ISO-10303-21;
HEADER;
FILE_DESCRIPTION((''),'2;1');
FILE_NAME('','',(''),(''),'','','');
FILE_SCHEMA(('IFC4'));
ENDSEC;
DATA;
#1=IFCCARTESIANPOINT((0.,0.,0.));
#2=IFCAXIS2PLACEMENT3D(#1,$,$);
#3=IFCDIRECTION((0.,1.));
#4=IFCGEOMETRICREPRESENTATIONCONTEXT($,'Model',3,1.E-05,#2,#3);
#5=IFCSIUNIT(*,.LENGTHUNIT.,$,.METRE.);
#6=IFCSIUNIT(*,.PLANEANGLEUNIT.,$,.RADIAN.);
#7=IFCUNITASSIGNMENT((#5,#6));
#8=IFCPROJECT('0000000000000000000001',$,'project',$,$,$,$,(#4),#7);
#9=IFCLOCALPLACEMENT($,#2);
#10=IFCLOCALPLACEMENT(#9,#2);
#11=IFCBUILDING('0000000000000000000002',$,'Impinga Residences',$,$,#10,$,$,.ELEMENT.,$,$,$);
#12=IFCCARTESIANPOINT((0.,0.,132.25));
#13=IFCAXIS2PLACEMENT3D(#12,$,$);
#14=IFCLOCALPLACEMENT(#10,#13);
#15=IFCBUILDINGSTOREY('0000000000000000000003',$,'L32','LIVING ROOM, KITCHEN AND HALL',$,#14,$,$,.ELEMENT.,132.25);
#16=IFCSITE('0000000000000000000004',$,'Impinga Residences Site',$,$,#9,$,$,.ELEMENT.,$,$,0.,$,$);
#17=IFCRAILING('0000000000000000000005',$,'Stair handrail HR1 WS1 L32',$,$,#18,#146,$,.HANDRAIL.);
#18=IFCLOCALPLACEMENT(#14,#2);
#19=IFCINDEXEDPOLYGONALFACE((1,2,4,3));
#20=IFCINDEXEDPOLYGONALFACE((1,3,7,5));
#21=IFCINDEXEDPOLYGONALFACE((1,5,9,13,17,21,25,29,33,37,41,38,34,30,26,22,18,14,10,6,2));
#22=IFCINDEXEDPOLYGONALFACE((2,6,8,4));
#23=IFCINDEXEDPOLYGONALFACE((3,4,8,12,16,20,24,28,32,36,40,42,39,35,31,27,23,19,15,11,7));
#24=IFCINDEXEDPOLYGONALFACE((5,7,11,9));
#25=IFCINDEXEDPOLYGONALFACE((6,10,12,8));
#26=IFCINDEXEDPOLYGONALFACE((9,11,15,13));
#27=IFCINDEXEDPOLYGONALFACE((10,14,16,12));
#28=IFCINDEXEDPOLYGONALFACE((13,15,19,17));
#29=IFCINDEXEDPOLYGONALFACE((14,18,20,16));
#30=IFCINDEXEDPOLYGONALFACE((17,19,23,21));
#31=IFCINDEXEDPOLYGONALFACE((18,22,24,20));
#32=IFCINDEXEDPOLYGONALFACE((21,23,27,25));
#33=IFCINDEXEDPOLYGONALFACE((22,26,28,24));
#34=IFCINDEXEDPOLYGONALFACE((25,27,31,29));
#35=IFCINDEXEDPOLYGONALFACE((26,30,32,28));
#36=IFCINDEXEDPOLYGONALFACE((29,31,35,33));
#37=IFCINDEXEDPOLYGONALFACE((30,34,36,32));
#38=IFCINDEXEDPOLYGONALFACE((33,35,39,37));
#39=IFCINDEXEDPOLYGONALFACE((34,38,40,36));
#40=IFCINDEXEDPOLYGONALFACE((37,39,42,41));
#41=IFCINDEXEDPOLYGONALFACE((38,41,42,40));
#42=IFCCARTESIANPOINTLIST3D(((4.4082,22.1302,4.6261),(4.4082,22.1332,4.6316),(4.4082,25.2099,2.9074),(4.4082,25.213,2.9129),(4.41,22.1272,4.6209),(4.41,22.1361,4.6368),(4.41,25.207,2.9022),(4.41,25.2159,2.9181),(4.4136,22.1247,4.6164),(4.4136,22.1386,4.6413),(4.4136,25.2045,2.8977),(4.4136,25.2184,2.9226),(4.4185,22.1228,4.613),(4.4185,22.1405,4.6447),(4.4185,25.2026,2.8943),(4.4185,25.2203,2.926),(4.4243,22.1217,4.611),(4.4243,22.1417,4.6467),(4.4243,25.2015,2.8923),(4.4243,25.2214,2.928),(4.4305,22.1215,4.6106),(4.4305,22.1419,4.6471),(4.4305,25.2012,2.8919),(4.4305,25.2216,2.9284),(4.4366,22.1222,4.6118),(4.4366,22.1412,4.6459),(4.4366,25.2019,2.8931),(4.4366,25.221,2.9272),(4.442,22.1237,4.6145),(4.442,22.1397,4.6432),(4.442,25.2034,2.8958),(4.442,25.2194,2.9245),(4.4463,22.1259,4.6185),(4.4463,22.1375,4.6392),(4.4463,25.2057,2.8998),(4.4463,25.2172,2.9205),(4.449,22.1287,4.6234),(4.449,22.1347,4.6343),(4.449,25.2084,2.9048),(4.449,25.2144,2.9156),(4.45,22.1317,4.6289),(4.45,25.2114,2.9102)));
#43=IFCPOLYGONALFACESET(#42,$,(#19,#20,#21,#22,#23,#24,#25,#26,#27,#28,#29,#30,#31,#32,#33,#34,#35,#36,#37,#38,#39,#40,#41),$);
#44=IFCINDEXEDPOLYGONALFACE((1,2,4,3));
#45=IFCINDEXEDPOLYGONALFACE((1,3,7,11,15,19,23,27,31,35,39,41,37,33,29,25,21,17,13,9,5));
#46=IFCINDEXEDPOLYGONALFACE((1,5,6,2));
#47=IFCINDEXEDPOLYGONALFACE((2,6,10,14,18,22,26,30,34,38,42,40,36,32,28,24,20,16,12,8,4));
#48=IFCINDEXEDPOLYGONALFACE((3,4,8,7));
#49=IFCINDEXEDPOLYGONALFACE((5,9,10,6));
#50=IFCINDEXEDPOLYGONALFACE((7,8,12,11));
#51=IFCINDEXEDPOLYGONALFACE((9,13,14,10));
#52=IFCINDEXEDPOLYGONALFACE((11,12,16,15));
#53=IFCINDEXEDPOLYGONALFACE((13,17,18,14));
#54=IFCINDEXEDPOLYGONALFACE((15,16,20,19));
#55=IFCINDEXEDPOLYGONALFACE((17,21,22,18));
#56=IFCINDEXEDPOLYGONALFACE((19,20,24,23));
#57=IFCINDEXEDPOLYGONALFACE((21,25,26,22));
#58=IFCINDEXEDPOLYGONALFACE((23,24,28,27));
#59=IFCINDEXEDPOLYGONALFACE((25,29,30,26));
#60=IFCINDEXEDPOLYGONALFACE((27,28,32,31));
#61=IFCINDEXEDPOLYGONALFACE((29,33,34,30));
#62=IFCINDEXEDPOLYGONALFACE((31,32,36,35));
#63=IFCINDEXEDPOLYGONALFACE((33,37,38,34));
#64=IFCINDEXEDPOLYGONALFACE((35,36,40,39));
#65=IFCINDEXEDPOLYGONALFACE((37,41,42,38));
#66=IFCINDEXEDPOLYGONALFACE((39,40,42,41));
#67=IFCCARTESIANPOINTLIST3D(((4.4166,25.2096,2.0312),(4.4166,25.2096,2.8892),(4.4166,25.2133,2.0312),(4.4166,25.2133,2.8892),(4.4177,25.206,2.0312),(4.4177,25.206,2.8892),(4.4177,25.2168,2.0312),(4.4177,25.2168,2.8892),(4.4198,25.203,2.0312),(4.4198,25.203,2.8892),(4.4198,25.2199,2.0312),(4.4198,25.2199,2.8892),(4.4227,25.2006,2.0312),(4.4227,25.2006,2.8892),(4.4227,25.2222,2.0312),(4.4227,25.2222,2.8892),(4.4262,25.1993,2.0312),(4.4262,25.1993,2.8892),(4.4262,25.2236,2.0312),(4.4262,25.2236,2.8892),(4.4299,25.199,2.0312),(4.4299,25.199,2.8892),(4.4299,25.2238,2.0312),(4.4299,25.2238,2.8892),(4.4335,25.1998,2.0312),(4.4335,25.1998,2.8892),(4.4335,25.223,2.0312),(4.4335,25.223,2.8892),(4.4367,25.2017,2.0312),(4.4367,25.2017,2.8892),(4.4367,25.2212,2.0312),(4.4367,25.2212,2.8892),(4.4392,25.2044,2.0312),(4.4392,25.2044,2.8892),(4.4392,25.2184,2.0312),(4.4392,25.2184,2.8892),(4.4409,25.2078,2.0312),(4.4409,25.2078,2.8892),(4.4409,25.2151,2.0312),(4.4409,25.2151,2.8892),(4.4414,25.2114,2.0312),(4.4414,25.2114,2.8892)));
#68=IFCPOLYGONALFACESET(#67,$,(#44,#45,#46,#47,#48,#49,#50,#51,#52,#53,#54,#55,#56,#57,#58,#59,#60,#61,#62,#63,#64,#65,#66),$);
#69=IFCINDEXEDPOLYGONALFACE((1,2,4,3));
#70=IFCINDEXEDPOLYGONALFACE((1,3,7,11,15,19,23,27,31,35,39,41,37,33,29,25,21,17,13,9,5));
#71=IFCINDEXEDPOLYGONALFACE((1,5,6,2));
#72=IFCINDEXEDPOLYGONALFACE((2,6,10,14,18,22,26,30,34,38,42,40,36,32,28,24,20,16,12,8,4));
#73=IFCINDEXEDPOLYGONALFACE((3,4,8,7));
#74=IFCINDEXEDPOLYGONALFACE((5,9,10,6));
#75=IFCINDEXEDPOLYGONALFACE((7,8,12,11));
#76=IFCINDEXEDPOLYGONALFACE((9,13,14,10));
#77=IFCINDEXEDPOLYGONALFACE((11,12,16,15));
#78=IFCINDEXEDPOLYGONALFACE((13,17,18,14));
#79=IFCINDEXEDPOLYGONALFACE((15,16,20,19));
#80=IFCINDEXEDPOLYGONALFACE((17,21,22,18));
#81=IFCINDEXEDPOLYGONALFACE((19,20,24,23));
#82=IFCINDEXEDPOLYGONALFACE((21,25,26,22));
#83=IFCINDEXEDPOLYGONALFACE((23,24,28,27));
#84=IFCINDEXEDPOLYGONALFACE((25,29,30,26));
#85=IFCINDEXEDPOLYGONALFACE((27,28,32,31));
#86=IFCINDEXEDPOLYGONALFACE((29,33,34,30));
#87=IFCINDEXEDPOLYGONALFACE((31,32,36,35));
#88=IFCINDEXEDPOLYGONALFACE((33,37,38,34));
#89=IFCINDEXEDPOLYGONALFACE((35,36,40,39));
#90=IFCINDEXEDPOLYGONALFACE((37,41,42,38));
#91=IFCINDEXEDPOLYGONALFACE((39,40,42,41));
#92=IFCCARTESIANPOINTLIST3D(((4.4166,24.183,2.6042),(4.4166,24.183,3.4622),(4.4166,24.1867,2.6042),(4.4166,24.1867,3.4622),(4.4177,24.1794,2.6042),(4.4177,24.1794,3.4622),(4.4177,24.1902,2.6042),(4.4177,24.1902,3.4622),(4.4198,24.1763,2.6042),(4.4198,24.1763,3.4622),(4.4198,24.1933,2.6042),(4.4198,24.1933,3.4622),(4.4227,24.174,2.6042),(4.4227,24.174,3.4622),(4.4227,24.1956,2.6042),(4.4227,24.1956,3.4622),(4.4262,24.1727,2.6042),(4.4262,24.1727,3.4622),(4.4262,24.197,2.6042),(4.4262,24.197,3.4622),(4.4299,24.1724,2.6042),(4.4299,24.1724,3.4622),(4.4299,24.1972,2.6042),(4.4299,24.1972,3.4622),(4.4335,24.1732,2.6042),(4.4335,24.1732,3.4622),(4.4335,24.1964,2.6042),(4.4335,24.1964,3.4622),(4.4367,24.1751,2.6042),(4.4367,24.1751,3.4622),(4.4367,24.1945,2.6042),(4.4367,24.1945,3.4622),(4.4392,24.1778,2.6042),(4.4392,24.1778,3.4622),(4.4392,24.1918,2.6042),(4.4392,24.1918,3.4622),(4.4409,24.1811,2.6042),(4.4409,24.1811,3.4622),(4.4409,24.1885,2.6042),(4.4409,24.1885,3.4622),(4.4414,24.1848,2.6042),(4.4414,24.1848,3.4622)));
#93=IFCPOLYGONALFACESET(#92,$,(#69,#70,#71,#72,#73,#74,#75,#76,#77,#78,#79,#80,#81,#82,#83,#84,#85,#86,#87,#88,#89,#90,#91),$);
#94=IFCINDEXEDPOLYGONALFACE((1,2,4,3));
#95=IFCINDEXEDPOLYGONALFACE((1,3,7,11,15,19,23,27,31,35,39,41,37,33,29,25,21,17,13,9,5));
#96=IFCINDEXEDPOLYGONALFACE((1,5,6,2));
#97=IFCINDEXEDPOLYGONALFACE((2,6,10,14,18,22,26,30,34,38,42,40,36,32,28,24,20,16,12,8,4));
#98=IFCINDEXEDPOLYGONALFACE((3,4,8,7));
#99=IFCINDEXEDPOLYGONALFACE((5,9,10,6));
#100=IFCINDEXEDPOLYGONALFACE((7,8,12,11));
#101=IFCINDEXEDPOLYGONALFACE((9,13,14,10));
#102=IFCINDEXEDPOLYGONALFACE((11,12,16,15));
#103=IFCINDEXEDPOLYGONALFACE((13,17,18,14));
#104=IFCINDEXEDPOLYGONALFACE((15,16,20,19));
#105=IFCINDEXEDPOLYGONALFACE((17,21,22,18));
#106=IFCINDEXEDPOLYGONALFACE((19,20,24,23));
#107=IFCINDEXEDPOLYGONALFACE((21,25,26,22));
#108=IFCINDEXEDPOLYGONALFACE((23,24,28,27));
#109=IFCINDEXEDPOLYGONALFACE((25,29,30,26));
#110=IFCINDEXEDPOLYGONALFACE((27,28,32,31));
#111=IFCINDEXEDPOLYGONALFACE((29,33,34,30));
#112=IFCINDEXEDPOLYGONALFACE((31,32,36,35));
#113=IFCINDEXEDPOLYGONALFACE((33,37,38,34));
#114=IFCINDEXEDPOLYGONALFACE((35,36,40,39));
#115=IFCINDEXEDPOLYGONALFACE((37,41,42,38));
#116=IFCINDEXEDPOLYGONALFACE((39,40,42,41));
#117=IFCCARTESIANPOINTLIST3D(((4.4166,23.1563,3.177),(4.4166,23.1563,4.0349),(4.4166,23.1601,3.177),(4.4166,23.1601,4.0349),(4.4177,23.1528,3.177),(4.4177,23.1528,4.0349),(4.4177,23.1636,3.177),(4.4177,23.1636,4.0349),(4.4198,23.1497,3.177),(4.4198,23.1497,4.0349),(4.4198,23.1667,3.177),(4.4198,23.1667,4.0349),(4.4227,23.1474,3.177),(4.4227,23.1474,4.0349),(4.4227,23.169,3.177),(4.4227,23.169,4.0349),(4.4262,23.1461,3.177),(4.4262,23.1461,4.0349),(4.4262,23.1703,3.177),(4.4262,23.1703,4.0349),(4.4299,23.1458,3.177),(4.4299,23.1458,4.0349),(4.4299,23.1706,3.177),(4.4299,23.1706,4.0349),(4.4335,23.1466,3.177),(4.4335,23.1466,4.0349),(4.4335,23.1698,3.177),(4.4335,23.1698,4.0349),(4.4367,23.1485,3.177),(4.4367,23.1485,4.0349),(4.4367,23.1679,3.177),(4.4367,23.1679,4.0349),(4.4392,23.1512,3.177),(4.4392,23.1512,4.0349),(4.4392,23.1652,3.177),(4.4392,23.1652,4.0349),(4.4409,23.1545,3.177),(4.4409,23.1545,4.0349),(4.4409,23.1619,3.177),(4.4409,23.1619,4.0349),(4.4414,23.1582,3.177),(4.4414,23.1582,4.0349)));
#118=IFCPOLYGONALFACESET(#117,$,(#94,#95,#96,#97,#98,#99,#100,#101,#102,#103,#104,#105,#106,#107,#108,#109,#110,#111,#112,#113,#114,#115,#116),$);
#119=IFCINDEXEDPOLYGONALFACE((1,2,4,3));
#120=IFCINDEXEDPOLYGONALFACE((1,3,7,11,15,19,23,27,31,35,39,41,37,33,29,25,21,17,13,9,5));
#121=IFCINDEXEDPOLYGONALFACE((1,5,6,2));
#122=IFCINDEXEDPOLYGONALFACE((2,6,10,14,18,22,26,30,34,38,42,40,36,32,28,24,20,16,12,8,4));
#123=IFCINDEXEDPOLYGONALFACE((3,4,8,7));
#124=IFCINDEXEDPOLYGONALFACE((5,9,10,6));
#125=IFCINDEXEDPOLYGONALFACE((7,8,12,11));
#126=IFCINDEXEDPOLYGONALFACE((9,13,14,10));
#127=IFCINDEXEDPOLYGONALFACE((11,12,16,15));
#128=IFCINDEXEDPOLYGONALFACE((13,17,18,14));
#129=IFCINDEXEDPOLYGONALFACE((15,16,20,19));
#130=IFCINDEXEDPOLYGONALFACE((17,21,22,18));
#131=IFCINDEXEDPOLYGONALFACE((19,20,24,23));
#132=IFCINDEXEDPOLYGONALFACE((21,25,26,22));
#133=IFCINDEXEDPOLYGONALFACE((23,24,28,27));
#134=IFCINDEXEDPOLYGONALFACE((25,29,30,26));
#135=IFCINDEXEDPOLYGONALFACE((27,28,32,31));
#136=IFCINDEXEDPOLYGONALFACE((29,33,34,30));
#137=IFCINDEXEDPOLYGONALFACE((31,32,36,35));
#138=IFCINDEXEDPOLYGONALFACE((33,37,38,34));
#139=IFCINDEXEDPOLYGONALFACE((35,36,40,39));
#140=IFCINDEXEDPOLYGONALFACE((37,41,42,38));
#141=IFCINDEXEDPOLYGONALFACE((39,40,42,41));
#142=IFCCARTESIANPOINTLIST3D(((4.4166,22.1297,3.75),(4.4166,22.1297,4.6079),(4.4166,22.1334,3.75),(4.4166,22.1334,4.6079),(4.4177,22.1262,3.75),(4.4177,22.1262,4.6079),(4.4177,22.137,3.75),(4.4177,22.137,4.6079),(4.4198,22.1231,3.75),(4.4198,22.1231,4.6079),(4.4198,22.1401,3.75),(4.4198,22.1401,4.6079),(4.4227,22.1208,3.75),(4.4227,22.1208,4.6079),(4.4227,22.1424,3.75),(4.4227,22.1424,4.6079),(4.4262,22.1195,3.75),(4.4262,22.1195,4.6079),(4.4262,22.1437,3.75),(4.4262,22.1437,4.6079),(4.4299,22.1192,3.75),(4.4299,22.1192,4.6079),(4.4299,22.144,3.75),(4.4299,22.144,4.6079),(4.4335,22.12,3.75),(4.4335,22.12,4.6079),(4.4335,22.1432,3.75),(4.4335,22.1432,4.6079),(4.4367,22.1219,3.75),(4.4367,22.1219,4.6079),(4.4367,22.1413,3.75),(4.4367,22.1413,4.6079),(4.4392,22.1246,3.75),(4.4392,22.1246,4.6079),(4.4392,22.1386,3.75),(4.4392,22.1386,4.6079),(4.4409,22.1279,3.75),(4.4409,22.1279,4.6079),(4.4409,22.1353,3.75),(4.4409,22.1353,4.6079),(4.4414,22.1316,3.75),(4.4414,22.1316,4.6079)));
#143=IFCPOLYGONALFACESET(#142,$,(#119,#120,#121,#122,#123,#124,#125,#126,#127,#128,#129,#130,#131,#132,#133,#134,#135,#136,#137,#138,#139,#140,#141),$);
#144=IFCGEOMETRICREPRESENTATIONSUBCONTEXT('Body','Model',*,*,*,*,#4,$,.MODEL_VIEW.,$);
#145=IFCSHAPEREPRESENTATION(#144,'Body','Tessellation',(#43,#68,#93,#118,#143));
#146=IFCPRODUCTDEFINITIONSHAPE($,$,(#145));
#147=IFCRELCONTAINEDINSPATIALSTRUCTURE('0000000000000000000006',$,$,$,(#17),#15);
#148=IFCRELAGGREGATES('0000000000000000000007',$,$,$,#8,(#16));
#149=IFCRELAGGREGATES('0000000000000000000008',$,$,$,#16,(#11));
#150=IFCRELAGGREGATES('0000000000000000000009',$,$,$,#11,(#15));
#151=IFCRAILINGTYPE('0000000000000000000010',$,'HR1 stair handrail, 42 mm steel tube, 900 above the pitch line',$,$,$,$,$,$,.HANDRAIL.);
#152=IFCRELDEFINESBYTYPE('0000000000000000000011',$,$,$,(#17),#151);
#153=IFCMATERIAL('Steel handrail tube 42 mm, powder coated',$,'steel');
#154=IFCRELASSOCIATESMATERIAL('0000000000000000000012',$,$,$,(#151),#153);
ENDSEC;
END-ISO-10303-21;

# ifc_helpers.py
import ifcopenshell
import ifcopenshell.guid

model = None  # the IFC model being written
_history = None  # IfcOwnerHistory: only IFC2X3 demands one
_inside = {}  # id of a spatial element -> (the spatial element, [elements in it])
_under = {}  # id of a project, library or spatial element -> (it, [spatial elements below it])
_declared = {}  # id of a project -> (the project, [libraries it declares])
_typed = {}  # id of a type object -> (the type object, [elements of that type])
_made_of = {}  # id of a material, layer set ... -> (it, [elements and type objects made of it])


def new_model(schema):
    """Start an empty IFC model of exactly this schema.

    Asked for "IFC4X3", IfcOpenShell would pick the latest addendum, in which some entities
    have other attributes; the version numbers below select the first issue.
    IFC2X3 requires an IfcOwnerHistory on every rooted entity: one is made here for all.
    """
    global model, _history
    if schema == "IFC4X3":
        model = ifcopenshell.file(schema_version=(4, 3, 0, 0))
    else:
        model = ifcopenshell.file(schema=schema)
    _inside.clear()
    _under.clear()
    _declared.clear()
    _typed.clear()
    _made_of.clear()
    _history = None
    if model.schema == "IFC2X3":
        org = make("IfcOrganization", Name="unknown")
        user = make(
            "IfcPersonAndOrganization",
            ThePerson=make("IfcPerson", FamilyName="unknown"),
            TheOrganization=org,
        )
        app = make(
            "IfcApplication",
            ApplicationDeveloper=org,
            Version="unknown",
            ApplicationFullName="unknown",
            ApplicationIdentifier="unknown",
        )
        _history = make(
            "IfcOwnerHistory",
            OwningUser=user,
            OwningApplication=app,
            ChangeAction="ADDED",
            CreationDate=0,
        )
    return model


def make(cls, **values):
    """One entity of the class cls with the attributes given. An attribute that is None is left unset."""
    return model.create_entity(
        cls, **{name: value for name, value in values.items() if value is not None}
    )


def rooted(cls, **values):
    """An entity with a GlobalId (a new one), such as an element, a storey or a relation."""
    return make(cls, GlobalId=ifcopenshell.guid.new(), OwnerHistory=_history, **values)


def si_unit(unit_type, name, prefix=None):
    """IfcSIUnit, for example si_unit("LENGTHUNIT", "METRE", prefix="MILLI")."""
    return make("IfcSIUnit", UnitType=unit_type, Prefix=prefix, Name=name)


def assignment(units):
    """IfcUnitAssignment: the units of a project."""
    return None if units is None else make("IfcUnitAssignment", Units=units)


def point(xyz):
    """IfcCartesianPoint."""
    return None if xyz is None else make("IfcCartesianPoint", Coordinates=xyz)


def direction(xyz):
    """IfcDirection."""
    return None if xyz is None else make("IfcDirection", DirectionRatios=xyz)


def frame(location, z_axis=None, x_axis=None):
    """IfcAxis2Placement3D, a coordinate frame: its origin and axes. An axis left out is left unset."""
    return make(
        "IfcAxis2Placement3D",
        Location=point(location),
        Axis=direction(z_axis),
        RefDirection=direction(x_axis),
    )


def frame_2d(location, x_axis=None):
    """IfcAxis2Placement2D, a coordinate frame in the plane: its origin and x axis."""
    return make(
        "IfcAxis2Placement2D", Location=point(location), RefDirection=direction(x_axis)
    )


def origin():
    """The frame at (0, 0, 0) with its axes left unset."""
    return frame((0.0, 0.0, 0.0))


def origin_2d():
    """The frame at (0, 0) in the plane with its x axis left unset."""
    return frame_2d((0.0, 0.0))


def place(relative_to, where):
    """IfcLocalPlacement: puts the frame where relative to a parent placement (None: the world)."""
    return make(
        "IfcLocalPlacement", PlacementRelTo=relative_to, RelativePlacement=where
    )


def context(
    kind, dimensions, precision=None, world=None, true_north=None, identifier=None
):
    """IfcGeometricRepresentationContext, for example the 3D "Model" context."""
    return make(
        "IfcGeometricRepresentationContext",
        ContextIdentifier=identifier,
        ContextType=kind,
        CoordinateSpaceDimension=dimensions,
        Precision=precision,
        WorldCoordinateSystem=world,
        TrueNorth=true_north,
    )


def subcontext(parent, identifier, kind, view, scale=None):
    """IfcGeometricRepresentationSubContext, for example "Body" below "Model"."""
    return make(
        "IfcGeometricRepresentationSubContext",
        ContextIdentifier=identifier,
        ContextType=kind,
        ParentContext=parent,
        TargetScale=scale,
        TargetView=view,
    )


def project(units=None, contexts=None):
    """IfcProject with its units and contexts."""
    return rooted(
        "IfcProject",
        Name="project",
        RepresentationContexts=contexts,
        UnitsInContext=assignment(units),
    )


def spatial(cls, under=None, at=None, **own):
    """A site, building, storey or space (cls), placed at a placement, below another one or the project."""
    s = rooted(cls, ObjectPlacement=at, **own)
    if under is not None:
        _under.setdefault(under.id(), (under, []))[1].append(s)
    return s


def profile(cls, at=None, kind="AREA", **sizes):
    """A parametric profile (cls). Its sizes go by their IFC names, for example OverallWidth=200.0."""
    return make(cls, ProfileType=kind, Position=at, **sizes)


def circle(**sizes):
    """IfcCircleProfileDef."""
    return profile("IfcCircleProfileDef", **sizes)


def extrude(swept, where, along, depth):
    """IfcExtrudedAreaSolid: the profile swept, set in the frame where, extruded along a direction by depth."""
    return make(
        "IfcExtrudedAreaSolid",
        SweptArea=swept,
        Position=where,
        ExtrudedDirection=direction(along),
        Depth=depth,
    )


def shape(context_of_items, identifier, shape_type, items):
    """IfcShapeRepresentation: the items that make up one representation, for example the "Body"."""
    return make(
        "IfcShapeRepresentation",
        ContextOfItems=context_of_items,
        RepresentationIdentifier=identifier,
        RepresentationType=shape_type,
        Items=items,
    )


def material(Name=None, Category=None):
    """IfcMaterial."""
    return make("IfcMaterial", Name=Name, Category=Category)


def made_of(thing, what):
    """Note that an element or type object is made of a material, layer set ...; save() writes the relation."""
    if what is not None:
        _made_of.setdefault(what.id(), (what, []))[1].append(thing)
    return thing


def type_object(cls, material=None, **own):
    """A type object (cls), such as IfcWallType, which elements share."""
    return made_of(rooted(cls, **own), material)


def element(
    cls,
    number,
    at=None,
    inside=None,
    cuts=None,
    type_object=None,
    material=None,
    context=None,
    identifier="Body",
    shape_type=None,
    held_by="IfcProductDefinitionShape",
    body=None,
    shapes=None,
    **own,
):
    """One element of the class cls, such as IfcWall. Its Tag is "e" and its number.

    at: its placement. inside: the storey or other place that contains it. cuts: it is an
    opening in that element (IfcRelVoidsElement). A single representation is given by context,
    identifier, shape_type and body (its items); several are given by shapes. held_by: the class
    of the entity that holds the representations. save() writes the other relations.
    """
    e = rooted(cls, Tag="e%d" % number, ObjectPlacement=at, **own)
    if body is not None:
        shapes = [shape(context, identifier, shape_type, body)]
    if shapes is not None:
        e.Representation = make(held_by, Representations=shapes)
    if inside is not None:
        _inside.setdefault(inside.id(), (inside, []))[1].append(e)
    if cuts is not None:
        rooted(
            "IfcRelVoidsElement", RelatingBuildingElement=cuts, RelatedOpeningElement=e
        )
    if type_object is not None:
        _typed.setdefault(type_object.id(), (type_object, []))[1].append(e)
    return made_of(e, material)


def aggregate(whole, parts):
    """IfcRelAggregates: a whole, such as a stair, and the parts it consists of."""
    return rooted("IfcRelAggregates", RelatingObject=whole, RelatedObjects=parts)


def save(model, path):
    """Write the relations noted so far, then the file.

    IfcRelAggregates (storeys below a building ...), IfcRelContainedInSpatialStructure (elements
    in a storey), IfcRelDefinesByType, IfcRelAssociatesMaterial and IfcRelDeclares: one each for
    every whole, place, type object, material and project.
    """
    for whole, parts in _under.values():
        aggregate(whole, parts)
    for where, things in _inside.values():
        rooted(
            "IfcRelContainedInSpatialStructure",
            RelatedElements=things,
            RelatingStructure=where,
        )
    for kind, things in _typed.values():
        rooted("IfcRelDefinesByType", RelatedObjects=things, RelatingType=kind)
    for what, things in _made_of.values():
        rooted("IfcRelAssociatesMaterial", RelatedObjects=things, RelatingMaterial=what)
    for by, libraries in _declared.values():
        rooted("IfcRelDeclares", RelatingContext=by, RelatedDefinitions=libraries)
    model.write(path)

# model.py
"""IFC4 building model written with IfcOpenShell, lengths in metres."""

from ifc_helpers import new_model, si_unit, direction, frame, origin, origin_2d, place, context, subcontext, project, spatial, circle, extrude, material, type_object, element, save


model = new_model("IFC4")

# Units and contexts
model_context = context("Model", 3, precision=1e-05, world=origin(), true_north=direction((0.0, 1.0)))
body_context = subcontext(model_context, "Body", "Model", "MODEL_VIEW")
ifc_project = project(units=[si_unit("LENGTHUNIT", "METRE"), si_unit("PLANEANGLEUNIT", "RADIAN")], contexts=[model_context])

# Site, building, storey
site_placement = place(None, origin())
site = spatial("IfcSite", under=ifc_project, at=site_placement, Name="Impinga Residences Site", CompositionType="ELEMENT", RefElevation=0.0)
building_placement = place(site_placement, origin())
building = spatial("IfcBuilding", under=site, at=building_placement, Name="Impinga Residences", CompositionType="ELEMENT")
storey_placement = place(building_placement, frame((0.0, 0.0, 132.25)))
storey = spatial("IfcBuildingStorey", under=building, at=storey_placement, Name="L32", Description="LIVING ROOM, KITCHEN AND HALL", CompositionType="ELEMENT", Elevation=132.25)

# Railing
ifc_material_1 = material(Name="Steel handrail tube 42 mm, powder coated", Category="steel")
railing_type_1 = type_object("IfcRailingType", Name="HR1 stair handrail, 42 mm steel tube, 900 above the pitch line", PredefinedType="HANDRAIL", material=ifc_material_1)
railing_1_placement = place(storey_placement, frame((4.429, 25.2114, 2.0312)))
element("IfcRailing", 1, at=railing_1_placement, inside=storey, type_object=railing_type_1, Name="Stair handrail HR1 WS1 L32", PredefinedType="HANDRAIL", context=body_context, shape_type="SweptSolid", body=[
    extrude(circle(Radius=0.021, at=origin_2d()), frame((0.0, 0.0, 0.8789), z_axis=(0.0, -0.873225, 0.487317), x_axis=(1.0, 0.0, 0.0)), (0.0, 0.0, 1.0), 3.5269),
    extrude(circle(Radius=0.0125, at=origin_2d()), origin(), (0.0, 0.0, 1.0), 0.8579),
    extrude(circle(Radius=0.0125, at=origin_2d()), frame((0.0, -1.0266, 0.573)), (0.0, 0.0, 1.0), 0.8579),
    extrude(circle(Radius=0.0125, at=origin_2d()), frame((0.0, -2.0532, 1.1458)), (0.0, 0.0, 1.0), 0.8579),
    extrude(circle(Radius=0.0125, at=origin_2d()), frame((0.0, -3.0798, 1.7188)), (0.0, 0.0, 1.0), 0.8579),
])

save(model, "model.ifc")
